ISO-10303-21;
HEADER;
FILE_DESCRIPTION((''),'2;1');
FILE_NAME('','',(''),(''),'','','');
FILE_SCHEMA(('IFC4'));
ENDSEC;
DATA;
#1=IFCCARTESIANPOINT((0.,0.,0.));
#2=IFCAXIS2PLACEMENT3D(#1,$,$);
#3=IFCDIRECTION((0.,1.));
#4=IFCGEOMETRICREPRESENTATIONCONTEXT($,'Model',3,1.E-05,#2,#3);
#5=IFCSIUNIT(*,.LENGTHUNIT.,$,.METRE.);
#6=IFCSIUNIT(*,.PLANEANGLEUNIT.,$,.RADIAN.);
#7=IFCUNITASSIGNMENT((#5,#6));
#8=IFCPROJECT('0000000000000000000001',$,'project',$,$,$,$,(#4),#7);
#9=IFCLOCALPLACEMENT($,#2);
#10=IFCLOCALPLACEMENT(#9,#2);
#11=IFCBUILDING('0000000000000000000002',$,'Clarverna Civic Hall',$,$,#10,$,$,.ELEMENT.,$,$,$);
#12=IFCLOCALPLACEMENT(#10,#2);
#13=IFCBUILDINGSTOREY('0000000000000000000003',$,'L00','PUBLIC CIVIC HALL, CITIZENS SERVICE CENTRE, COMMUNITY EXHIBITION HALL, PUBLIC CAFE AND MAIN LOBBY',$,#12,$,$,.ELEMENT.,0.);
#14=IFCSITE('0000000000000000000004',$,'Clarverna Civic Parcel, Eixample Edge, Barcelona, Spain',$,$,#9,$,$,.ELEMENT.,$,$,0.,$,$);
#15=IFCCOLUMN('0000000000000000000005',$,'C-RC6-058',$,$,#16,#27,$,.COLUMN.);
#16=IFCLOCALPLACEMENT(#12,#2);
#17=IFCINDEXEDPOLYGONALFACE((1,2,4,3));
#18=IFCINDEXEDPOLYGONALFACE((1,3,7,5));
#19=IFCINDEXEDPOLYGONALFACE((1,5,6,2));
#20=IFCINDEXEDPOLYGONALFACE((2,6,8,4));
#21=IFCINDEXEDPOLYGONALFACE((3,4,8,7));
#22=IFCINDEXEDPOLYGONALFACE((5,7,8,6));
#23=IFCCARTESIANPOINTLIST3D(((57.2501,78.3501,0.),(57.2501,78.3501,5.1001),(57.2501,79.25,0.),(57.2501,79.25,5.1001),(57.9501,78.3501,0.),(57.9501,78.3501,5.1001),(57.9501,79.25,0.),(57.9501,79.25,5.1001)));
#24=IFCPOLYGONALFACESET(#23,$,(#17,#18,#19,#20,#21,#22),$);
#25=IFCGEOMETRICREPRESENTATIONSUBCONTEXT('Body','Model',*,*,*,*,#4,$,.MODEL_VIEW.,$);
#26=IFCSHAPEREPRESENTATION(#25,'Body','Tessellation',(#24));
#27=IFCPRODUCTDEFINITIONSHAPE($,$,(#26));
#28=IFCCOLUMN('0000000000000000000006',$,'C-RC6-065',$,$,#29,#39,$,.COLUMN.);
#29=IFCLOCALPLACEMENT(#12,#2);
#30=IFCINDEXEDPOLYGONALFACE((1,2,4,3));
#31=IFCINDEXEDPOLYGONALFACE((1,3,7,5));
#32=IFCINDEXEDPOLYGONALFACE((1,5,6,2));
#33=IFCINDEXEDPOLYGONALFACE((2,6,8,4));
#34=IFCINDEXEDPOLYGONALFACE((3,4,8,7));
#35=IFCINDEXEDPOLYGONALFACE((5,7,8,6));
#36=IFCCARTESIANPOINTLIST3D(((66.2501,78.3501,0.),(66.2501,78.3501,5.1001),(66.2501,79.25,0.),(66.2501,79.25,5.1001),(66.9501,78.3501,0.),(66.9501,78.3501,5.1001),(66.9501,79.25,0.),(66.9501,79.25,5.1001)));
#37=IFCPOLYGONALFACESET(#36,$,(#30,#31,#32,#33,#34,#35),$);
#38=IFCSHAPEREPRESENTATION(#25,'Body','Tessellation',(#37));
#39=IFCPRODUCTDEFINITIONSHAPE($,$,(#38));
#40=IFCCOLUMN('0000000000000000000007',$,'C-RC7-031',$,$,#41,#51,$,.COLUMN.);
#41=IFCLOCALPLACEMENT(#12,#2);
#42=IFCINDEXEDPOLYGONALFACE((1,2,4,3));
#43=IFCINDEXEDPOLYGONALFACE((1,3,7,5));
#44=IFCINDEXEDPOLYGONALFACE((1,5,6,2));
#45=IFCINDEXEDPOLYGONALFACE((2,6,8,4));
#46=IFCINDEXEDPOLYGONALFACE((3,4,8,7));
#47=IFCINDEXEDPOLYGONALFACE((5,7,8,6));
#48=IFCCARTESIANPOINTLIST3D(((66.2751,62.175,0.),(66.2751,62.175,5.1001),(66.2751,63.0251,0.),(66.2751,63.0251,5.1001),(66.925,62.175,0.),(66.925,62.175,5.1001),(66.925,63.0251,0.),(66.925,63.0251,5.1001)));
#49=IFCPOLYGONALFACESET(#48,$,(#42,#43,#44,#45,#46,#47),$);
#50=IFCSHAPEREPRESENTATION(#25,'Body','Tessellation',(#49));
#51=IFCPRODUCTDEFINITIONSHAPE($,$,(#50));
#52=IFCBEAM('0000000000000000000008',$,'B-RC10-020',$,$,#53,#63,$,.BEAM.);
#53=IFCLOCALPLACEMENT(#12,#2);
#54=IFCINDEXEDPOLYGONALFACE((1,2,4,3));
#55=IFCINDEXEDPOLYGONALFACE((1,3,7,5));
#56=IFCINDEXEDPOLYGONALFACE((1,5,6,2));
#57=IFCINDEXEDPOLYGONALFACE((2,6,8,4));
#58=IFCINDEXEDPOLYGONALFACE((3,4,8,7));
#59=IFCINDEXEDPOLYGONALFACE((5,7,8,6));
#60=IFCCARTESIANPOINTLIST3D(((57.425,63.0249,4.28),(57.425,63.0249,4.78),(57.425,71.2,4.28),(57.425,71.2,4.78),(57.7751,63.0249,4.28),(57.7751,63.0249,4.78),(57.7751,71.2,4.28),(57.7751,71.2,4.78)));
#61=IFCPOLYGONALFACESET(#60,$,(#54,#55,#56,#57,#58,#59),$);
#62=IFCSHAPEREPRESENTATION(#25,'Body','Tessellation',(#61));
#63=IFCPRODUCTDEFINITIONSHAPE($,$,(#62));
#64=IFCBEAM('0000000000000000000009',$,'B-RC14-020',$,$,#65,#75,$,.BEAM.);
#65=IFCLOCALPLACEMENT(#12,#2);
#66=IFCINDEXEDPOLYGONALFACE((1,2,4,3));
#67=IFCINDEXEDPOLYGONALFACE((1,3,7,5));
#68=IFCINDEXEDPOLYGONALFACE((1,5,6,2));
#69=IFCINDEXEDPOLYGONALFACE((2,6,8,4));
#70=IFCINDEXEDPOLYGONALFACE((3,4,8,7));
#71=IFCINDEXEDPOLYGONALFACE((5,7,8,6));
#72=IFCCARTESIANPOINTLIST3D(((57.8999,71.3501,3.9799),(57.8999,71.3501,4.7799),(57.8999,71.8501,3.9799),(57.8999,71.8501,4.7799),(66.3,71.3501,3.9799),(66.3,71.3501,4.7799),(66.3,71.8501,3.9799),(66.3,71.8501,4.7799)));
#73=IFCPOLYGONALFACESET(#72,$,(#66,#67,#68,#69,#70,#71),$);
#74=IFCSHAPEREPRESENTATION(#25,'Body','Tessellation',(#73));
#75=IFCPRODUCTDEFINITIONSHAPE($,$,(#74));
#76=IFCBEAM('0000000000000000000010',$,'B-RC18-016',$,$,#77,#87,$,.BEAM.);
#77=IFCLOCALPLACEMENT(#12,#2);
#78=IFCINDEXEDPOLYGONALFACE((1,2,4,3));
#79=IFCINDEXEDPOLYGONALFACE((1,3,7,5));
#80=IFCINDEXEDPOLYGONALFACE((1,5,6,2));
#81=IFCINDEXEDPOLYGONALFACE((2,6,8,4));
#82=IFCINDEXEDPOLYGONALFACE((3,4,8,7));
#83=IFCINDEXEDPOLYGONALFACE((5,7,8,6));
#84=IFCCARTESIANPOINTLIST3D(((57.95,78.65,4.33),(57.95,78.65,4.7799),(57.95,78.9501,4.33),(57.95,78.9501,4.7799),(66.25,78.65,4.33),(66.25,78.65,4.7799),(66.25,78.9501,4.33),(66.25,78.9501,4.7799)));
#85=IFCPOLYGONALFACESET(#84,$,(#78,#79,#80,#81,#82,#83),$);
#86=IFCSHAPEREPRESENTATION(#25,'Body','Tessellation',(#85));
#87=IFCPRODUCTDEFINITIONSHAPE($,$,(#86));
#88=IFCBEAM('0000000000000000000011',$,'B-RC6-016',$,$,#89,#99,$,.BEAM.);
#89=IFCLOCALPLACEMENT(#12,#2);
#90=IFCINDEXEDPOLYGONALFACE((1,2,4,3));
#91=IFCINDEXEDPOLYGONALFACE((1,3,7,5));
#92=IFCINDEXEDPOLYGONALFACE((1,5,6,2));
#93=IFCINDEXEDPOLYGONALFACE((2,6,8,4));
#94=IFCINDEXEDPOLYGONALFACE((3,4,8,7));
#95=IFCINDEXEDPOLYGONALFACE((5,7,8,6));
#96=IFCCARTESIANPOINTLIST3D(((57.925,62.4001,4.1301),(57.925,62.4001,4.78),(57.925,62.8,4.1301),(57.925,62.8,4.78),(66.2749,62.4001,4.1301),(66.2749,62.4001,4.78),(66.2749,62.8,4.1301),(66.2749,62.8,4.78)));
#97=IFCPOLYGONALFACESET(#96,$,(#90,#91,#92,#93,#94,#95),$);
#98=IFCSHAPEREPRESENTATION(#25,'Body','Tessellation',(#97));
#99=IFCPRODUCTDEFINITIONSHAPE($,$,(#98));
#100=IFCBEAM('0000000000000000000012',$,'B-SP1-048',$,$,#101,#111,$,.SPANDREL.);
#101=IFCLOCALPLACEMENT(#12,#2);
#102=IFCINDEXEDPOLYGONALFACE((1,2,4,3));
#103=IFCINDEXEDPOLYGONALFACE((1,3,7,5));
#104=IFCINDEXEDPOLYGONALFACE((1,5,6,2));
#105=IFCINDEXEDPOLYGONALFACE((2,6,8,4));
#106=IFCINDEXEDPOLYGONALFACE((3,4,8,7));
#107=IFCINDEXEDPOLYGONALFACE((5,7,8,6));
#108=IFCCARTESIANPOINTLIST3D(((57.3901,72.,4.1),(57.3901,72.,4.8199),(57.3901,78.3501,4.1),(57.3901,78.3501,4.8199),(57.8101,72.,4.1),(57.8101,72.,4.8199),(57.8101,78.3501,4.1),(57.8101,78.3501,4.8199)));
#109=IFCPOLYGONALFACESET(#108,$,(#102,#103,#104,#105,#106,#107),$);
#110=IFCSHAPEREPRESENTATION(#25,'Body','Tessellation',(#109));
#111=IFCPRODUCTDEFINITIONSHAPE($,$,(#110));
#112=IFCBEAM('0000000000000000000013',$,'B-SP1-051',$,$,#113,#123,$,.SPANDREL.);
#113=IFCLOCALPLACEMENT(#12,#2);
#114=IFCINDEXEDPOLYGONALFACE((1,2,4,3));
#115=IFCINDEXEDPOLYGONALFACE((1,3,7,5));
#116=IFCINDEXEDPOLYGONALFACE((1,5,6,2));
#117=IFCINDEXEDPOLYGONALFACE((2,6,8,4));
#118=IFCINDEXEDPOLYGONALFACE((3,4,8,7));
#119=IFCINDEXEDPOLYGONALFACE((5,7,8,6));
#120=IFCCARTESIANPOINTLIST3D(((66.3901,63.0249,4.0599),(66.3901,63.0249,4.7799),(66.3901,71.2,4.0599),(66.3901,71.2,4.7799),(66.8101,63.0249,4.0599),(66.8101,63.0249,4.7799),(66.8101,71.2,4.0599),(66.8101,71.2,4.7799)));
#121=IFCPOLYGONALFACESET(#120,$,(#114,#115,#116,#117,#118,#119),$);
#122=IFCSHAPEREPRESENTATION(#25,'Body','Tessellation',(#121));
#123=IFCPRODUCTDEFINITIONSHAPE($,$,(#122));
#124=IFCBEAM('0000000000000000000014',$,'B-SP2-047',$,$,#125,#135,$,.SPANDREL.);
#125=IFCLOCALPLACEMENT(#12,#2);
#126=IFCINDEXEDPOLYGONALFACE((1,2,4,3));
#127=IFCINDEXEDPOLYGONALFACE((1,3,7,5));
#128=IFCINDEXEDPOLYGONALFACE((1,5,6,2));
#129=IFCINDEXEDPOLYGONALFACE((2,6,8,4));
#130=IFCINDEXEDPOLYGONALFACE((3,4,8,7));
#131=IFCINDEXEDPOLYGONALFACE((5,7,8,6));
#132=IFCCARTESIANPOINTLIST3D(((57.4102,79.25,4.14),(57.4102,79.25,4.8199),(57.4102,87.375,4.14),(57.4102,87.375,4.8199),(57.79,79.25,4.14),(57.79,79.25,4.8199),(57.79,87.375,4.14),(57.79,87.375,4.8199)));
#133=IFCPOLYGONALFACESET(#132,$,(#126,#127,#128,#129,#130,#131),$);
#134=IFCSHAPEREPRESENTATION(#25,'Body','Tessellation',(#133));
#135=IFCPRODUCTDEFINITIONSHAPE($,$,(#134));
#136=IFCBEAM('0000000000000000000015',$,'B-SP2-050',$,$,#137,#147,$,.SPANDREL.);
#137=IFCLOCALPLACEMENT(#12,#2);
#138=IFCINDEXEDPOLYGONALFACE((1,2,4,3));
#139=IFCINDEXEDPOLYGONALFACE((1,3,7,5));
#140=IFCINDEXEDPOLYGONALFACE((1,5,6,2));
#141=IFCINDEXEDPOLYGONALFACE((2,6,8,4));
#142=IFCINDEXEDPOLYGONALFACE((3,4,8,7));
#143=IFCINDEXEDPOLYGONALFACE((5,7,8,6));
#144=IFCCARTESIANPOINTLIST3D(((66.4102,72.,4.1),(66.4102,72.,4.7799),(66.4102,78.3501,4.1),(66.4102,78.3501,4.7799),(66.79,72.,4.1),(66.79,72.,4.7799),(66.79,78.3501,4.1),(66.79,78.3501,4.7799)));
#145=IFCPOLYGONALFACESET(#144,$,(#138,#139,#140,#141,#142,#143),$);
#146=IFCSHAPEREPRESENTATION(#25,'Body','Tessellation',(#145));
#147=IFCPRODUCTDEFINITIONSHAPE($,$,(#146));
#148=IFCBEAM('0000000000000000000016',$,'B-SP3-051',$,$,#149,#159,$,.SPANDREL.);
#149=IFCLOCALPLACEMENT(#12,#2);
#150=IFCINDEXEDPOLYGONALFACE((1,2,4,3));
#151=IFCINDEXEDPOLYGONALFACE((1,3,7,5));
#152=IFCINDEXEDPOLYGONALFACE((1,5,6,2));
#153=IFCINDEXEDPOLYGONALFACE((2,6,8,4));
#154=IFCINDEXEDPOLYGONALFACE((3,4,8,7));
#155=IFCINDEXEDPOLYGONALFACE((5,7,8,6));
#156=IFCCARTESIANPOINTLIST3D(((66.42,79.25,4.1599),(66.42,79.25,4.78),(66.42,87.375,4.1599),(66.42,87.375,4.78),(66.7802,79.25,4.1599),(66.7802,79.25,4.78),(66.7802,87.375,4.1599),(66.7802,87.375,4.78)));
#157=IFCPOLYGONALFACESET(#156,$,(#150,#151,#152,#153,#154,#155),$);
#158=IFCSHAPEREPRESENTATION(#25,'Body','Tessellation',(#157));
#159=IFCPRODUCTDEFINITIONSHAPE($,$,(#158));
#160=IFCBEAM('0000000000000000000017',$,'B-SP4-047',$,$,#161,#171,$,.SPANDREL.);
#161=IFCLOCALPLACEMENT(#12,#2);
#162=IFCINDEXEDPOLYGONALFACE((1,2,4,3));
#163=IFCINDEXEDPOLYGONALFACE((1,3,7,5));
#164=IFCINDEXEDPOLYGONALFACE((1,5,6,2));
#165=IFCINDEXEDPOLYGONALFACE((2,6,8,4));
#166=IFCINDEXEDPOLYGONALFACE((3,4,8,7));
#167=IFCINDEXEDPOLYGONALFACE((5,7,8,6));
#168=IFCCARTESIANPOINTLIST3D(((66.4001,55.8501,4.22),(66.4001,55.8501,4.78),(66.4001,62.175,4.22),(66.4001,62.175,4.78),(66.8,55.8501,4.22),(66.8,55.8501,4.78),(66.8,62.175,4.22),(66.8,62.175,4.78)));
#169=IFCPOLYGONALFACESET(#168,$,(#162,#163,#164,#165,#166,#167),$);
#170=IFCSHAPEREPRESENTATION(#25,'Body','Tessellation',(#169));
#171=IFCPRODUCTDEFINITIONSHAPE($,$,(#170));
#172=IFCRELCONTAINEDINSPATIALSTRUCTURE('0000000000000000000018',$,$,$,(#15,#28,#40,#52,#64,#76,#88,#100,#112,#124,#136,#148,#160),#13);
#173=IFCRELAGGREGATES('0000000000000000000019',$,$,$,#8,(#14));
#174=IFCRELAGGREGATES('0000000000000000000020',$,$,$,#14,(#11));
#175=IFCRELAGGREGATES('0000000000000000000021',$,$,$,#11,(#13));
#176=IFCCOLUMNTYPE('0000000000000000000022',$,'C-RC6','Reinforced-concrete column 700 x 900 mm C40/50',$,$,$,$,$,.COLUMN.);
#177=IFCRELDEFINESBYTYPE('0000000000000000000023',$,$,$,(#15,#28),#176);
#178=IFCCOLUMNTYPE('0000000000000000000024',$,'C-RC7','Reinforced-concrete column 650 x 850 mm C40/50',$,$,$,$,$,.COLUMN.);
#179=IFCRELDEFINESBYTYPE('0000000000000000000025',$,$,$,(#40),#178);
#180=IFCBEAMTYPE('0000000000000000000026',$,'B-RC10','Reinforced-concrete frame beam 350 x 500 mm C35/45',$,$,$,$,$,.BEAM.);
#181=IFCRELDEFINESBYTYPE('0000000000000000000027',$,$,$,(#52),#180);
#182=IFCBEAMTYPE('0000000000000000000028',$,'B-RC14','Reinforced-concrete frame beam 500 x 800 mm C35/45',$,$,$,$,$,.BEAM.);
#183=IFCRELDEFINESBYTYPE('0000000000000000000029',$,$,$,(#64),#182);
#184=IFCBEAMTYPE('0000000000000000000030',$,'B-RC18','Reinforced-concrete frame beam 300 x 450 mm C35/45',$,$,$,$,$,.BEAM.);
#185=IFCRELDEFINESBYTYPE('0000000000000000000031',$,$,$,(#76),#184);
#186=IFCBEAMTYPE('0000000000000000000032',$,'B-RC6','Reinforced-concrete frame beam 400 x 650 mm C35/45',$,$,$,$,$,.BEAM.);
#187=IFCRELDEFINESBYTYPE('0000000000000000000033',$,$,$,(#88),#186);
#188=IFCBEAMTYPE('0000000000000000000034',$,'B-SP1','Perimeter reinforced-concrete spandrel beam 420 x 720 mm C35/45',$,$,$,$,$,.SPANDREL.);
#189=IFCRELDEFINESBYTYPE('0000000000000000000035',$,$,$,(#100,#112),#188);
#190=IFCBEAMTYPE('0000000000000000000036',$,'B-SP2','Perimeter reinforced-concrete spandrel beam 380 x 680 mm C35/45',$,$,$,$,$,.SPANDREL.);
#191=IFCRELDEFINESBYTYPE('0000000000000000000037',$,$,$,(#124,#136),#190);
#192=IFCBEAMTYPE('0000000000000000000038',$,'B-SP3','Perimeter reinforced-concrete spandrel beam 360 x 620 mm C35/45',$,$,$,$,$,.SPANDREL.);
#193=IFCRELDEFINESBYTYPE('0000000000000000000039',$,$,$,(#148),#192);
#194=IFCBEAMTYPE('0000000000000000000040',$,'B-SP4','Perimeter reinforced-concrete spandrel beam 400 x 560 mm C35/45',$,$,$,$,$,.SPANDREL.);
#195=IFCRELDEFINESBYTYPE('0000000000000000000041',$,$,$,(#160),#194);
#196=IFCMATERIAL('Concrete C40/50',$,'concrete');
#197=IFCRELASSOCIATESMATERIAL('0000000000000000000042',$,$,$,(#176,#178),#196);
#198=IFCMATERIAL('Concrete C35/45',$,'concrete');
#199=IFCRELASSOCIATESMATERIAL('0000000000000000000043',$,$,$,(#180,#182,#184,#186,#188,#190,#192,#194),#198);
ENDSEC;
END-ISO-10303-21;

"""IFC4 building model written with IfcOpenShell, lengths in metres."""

from ifc_helpers import new_model, si_unit, direction, frame, origin, origin_2d, place, context, subcontext, project, spatial, rectangle, extrude, material, material_profile, profile_set, type_object, element, save


model = new_model("IFC4")

# Units and contexts
model_context = context("Model", 3, precision=1e-05, world=origin(), true_north=direction((0.0, 1.0)))
body_context = subcontext(model_context, "Body", "Model", "MODEL_VIEW")
ifc_project = project(units=[si_unit("LENGTHUNIT", "METRE"), si_unit("PLANEANGLEUNIT", "RADIAN")], contexts=[model_context])

# Site, building, storey
site_placement = place(None, origin())
site = spatial("IfcSite", under=ifc_project, at=site_placement, Name="Clarverna Civic Parcel, Eixample Edge, Barcelona, Spain", CompositionType="ELEMENT", RefElevation=0.0)
building_placement = place(site_placement, origin())
building = spatial("IfcBuilding", under=site, at=building_placement, Name="Clarverna Civic Hall", CompositionType="ELEMENT")
storey_placement = place(building_placement, origin())
storey = spatial("IfcBuildingStorey", under=building, at=storey_placement, Name="L00", Description="PUBLIC CIVIC HALL, CITIZENS SERVICE CENTRE, COMMUNITY EXHIBITION HALL, PUBLIC CAFE AND MAIN LOBBY", CompositionType="ELEMENT", Elevation=0.0)

# Columns
ifc_material_1 = material(Name="Concrete C35/45", Category="concrete")
ifc_material_2 = material(Name="Concrete C40/50", Category="concrete")
ifc_material_profile_1 = material_profile(ifc_material_2, rectangle(XDim=0.7, YDim=0.8999, at=origin_2d()), Name="RC 700x900")
ifc_profile_set_1 = profile_set([ifc_material_profile_1], Name="Concrete C40/50")
column_type_1 = type_object("IfcColumnType", Name="C-RC6", Description="Reinforced-concrete column 700 x 900 mm C40/50", PredefinedType="COLUMN", material=ifc_profile_set_1)
for number, where, z_axis, x_axis, name in (
    (1, (57.6001, 78.8, 0.0), (0.0, 0.0, 1.0), (1.0, 0.0, 0.0), "C-RC6-058"),
    (2, (66.6001, 78.8, 0.0), (0.0, 0.0, 1.0), (1.0, 0.0, 0.0), "C-RC6-065"),
):
    element("IfcColumn", number, at=place(storey_placement, frame(where, z_axis=z_axis, x_axis=x_axis)), inside=storey, type_object=column_type_1, Name=name, PredefinedType="COLUMN", context=body_context, shape_type="SweptSolid", body=[
        extrude(rectangle(XDim=0.7, YDim=0.8999, at=origin_2d()), origin(), (0.0, 0.0, 1.0), 5.1001),
    ])
ifc_material_profile_2 = material_profile(ifc_material_2, rectangle(XDim=0.6499, YDim=0.8501, at=origin_2d()), Name="RC 650x850")
ifc_profile_set_2 = profile_set([ifc_material_profile_2], Name="Concrete C40/50")
column_type_2 = type_object("IfcColumnType", Name="C-RC7", Description="Reinforced-concrete column 650 x 850 mm C40/50", PredefinedType="COLUMN", material=ifc_profile_set_2)
column_placement = place(storey_placement, frame((66.6001, 62.6001, 0.0), z_axis=(0.0, 0.0, 1.0), x_axis=(1.0, 0.0, 0.0)))
element("IfcColumn", 3, at=column_placement, inside=storey, type_object=column_type_2, Name="C-RC7-031", PredefinedType="COLUMN", context=body_context, shape_type="SweptSolid", body=[
    extrude(rectangle(XDim=0.6499, YDim=0.8501, at=origin_2d()), origin(), (0.0, 0.0, 1.0), 5.1001),
])

# Beams
ifc_material_profile_3 = material_profile(ifc_material_1, rectangle(XDim=0.3501, YDim=0.5, at=origin_2d()), Name="RC 350x500")
ifc_profile_set_3 = profile_set([ifc_material_profile_3], Name="Concrete C35/45")
beam_type_1 = type_object("IfcBeamType", Name="B-RC10", Description="Reinforced-concrete frame beam 350 x 500 mm C35/45", PredefinedType="BEAM", material=ifc_profile_set_3)
beam_1_placement = place(storey_placement, frame((57.6001, 63.0249, 4.53), z_axis=(0.0, 1.0, 0.0), x_axis=(-1.0, 0.0, 0.0)))
element("IfcBeam", 4, at=beam_1_placement, inside=storey, type_object=beam_type_1, Name="B-RC10-020", PredefinedType="BEAM", context=body_context, shape_type="SweptSolid", body=[
    extrude(rectangle(XDim=0.3501, YDim=0.5, at=origin_2d()), origin(), (0.0, 0.0, 1.0), 8.175),
])
ifc_material_profile_4 = material_profile(ifc_material_1, rectangle(XDim=0.5, YDim=0.8, at=origin_2d()), Name="RC 500x800")
ifc_profile_set_4 = profile_set([ifc_material_profile_4], Name="Concrete C35/45")
beam_type_2 = type_object("IfcBeamType", Name="B-RC14", Description="Reinforced-concrete frame beam 500 x 800 mm C35/45", PredefinedType="BEAM", material=ifc_profile_set_4)
beam_2_placement = place(storey_placement, frame((57.8999, 71.6001, 4.3799), z_axis=(1.0, 0.0, 0.0), x_axis=(0.0, 1.0, 0.0)))
element("IfcBeam", 5, at=beam_2_placement, inside=storey, type_object=beam_type_2, Name="B-RC14-020", PredefinedType="BEAM", context=body_context, shape_type="SweptSolid", body=[
    extrude(rectangle(XDim=0.5, YDim=0.8, at=origin_2d()), origin(), (0.0, 0.0, 1.0), 8.4001),
])
ifc_material_profile_5 = material_profile(ifc_material_1, rectangle(XDim=0.3, YDim=0.45, at=origin_2d()), Name="RC 300x450")
ifc_profile_set_5 = profile_set([ifc_material_profile_5], Name="Concrete C35/45")
beam_type_3 = type_object("IfcBeamType", Name="B-RC18", Description="Reinforced-concrete frame beam 300 x 450 mm C35/45", PredefinedType="BEAM", material=ifc_profile_set_5)
beam_3_placement = place(storey_placement, frame((57.95, 78.8, 4.5549), z_axis=(1.0, 0.0, 0.0), x_axis=(0.0, 1.0, 0.0)))
element("IfcBeam", 6, at=beam_3_placement, inside=storey, type_object=beam_type_3, Name="B-RC18-016", PredefinedType="BEAM", context=body_context, shape_type="SweptSolid", body=[
    extrude(rectangle(XDim=0.3, YDim=0.45, at=origin_2d()), origin(), (0.0, 0.0, 1.0), 8.3),
])
ifc_material_profile_6 = material_profile(ifc_material_1, rectangle(XDim=0.3999, YDim=0.6499, at=origin_2d()), Name="RC 400x650")
ifc_profile_set_6 = profile_set([ifc_material_profile_6], Name="Concrete C35/45")
beam_type_4 = type_object("IfcBeamType", Name="B-RC6", Description="Reinforced-concrete frame beam 400 x 650 mm C35/45", PredefinedType="BEAM", material=ifc_profile_set_6)
beam_4_placement = place(storey_placement, frame((57.925, 62.6001, 4.4551), z_axis=(1.0, 0.0, 0.0), x_axis=(0.0, 1.0, 0.0)))
element("IfcBeam", 7, at=beam_4_placement, inside=storey, type_object=beam_type_4, Name="B-RC6-016", PredefinedType="BEAM", context=body_context, shape_type="SweptSolid", body=[
    extrude(rectangle(XDim=0.3999, YDim=0.6499, at=origin_2d()), origin(), (0.0, 0.0, 1.0), 8.3499),
])
ifc_material_profile_7 = material_profile(ifc_material_1, rectangle(XDim=0.4199, YDim=0.72, at=origin_2d()), Name="RC 420x720")
ifc_profile_set_7 = profile_set([ifc_material_profile_7], Name="Concrete C35/45")
beam_type_5 = type_object("IfcBeamType", Name="B-SP1", Description="Perimeter reinforced-concrete spandrel beam 420 x 720 mm C35/45", PredefinedType="SPANDREL", material=ifc_profile_set_7)
beam_5_placement = place(storey_placement, frame((57.6001, 72.0, 4.46), z_axis=(0.0, 1.0, 0.0), x_axis=(-1.0, 0.0, 0.0)))
element("IfcBeam", 8, at=beam_5_placement, inside=storey, type_object=beam_type_5, Name="B-SP1-048", PredefinedType="SPANDREL", context=body_context, shape_type="SweptSolid", body=[
    extrude(rectangle(XDim=0.4199, YDim=0.72, at=origin_2d()), origin(), (0.0, 0.0, 1.0), 6.3501),
])
beam_6_placement = place(storey_placement, frame((66.6001, 63.0249, 4.4199), z_axis=(0.0, 1.0, 0.0), x_axis=(-1.0, 0.0, 0.0)))
element("IfcBeam", 9, at=beam_6_placement, inside=storey, type_object=beam_type_5, Name="B-SP1-051", PredefinedType="SPANDREL", context=body_context, shape_type="SweptSolid", body=[
    extrude(rectangle(XDim=0.4199, YDim=0.72, at=origin_2d()), origin(), (0.0, 0.0, 1.0), 8.175),
])
ifc_material_profile_8 = material_profile(ifc_material_1, rectangle(XDim=0.3799, YDim=0.6799, at=origin_2d()), Name="RC 380x680")
ifc_profile_set_8 = profile_set([ifc_material_profile_8], Name="Concrete C35/45")
beam_type_6 = type_object("IfcBeamType", Name="B-SP2", Description="Perimeter reinforced-concrete spandrel beam 380 x 680 mm C35/45", PredefinedType="SPANDREL", material=ifc_profile_set_8)
beam_7_placement = place(storey_placement, frame((57.6001, 79.25, 4.48), z_axis=(0.0, 1.0, 0.0), x_axis=(-1.0, 0.0, 0.0)))
element("IfcBeam", 10, at=beam_7_placement, inside=storey, type_object=beam_type_6, Name="B-SP2-047", PredefinedType="SPANDREL", context=body_context, shape_type="SweptSolid", body=[
    extrude(rectangle(XDim=0.3799, YDim=0.6799, at=origin_2d()), origin(), (0.0, 0.0, 1.0), 8.125),
])
beam_8_placement = place(storey_placement, frame((66.6001, 72.0, 4.4399), z_axis=(0.0, 1.0, 0.0), x_axis=(-1.0, 0.0, 0.0)))
element("IfcBeam", 11, at=beam_8_placement, inside=storey, type_object=beam_type_6, Name="B-SP2-050", PredefinedType="SPANDREL", context=body_context, shape_type="SweptSolid", body=[
    extrude(rectangle(XDim=0.3799, YDim=0.6799, at=origin_2d()), origin(), (0.0, 0.0, 1.0), 6.3501),
])
ifc_material_profile_9 = material_profile(ifc_material_1, rectangle(XDim=0.3601, YDim=0.6201, at=origin_2d()), Name="RC 360x620")
ifc_profile_set_9 = profile_set([ifc_material_profile_9], Name="Concrete C35/45")
beam_type_7 = type_object("IfcBeamType", Name="B-SP3", Description="Perimeter reinforced-concrete spandrel beam 360 x 620 mm C35/45", PredefinedType="SPANDREL", material=ifc_profile_set_9)
beam_9_placement = place(storey_placement, frame((66.6001, 79.25, 4.47), z_axis=(0.0, 1.0, 0.0), x_axis=(-1.0, 0.0, 0.0)))
element("IfcBeam", 12, at=beam_9_placement, inside=storey, type_object=beam_type_7, Name="B-SP3-051", PredefinedType="SPANDREL", context=body_context, shape_type="SweptSolid", body=[
    extrude(rectangle(XDim=0.3601, YDim=0.6201, at=origin_2d()), origin(), (0.0, 0.0, 1.0), 8.125),
])
ifc_material_profile_10 = material_profile(ifc_material_1, rectangle(XDim=0.3999, YDim=0.5601, at=origin_2d()), Name="RC 400x560")
ifc_profile_set_10 = profile_set([ifc_material_profile_10], Name="Concrete C35/45")
beam_type_8 = type_object("IfcBeamType", Name="B-SP4", Description="Perimeter reinforced-concrete spandrel beam 400 x 560 mm C35/45", PredefinedType="SPANDREL", material=ifc_profile_set_10)
beam_10_placement = place(storey_placement, frame((66.6001, 55.8501, 4.5), z_axis=(0.0, 1.0, 0.0), x_axis=(-1.0, 0.0, 0.0)))
element("IfcBeam", 13, at=beam_10_placement, inside=storey, type_object=beam_type_8, Name="B-SP4-047", PredefinedType="SPANDREL", context=body_context, shape_type="SweptSolid", body=[
    extrude(rectangle(XDim=0.3999, YDim=0.5601, at=origin_2d()), origin(), (0.0, 0.0, 1.0), 6.325),
])

save(model, "model.ifc")
